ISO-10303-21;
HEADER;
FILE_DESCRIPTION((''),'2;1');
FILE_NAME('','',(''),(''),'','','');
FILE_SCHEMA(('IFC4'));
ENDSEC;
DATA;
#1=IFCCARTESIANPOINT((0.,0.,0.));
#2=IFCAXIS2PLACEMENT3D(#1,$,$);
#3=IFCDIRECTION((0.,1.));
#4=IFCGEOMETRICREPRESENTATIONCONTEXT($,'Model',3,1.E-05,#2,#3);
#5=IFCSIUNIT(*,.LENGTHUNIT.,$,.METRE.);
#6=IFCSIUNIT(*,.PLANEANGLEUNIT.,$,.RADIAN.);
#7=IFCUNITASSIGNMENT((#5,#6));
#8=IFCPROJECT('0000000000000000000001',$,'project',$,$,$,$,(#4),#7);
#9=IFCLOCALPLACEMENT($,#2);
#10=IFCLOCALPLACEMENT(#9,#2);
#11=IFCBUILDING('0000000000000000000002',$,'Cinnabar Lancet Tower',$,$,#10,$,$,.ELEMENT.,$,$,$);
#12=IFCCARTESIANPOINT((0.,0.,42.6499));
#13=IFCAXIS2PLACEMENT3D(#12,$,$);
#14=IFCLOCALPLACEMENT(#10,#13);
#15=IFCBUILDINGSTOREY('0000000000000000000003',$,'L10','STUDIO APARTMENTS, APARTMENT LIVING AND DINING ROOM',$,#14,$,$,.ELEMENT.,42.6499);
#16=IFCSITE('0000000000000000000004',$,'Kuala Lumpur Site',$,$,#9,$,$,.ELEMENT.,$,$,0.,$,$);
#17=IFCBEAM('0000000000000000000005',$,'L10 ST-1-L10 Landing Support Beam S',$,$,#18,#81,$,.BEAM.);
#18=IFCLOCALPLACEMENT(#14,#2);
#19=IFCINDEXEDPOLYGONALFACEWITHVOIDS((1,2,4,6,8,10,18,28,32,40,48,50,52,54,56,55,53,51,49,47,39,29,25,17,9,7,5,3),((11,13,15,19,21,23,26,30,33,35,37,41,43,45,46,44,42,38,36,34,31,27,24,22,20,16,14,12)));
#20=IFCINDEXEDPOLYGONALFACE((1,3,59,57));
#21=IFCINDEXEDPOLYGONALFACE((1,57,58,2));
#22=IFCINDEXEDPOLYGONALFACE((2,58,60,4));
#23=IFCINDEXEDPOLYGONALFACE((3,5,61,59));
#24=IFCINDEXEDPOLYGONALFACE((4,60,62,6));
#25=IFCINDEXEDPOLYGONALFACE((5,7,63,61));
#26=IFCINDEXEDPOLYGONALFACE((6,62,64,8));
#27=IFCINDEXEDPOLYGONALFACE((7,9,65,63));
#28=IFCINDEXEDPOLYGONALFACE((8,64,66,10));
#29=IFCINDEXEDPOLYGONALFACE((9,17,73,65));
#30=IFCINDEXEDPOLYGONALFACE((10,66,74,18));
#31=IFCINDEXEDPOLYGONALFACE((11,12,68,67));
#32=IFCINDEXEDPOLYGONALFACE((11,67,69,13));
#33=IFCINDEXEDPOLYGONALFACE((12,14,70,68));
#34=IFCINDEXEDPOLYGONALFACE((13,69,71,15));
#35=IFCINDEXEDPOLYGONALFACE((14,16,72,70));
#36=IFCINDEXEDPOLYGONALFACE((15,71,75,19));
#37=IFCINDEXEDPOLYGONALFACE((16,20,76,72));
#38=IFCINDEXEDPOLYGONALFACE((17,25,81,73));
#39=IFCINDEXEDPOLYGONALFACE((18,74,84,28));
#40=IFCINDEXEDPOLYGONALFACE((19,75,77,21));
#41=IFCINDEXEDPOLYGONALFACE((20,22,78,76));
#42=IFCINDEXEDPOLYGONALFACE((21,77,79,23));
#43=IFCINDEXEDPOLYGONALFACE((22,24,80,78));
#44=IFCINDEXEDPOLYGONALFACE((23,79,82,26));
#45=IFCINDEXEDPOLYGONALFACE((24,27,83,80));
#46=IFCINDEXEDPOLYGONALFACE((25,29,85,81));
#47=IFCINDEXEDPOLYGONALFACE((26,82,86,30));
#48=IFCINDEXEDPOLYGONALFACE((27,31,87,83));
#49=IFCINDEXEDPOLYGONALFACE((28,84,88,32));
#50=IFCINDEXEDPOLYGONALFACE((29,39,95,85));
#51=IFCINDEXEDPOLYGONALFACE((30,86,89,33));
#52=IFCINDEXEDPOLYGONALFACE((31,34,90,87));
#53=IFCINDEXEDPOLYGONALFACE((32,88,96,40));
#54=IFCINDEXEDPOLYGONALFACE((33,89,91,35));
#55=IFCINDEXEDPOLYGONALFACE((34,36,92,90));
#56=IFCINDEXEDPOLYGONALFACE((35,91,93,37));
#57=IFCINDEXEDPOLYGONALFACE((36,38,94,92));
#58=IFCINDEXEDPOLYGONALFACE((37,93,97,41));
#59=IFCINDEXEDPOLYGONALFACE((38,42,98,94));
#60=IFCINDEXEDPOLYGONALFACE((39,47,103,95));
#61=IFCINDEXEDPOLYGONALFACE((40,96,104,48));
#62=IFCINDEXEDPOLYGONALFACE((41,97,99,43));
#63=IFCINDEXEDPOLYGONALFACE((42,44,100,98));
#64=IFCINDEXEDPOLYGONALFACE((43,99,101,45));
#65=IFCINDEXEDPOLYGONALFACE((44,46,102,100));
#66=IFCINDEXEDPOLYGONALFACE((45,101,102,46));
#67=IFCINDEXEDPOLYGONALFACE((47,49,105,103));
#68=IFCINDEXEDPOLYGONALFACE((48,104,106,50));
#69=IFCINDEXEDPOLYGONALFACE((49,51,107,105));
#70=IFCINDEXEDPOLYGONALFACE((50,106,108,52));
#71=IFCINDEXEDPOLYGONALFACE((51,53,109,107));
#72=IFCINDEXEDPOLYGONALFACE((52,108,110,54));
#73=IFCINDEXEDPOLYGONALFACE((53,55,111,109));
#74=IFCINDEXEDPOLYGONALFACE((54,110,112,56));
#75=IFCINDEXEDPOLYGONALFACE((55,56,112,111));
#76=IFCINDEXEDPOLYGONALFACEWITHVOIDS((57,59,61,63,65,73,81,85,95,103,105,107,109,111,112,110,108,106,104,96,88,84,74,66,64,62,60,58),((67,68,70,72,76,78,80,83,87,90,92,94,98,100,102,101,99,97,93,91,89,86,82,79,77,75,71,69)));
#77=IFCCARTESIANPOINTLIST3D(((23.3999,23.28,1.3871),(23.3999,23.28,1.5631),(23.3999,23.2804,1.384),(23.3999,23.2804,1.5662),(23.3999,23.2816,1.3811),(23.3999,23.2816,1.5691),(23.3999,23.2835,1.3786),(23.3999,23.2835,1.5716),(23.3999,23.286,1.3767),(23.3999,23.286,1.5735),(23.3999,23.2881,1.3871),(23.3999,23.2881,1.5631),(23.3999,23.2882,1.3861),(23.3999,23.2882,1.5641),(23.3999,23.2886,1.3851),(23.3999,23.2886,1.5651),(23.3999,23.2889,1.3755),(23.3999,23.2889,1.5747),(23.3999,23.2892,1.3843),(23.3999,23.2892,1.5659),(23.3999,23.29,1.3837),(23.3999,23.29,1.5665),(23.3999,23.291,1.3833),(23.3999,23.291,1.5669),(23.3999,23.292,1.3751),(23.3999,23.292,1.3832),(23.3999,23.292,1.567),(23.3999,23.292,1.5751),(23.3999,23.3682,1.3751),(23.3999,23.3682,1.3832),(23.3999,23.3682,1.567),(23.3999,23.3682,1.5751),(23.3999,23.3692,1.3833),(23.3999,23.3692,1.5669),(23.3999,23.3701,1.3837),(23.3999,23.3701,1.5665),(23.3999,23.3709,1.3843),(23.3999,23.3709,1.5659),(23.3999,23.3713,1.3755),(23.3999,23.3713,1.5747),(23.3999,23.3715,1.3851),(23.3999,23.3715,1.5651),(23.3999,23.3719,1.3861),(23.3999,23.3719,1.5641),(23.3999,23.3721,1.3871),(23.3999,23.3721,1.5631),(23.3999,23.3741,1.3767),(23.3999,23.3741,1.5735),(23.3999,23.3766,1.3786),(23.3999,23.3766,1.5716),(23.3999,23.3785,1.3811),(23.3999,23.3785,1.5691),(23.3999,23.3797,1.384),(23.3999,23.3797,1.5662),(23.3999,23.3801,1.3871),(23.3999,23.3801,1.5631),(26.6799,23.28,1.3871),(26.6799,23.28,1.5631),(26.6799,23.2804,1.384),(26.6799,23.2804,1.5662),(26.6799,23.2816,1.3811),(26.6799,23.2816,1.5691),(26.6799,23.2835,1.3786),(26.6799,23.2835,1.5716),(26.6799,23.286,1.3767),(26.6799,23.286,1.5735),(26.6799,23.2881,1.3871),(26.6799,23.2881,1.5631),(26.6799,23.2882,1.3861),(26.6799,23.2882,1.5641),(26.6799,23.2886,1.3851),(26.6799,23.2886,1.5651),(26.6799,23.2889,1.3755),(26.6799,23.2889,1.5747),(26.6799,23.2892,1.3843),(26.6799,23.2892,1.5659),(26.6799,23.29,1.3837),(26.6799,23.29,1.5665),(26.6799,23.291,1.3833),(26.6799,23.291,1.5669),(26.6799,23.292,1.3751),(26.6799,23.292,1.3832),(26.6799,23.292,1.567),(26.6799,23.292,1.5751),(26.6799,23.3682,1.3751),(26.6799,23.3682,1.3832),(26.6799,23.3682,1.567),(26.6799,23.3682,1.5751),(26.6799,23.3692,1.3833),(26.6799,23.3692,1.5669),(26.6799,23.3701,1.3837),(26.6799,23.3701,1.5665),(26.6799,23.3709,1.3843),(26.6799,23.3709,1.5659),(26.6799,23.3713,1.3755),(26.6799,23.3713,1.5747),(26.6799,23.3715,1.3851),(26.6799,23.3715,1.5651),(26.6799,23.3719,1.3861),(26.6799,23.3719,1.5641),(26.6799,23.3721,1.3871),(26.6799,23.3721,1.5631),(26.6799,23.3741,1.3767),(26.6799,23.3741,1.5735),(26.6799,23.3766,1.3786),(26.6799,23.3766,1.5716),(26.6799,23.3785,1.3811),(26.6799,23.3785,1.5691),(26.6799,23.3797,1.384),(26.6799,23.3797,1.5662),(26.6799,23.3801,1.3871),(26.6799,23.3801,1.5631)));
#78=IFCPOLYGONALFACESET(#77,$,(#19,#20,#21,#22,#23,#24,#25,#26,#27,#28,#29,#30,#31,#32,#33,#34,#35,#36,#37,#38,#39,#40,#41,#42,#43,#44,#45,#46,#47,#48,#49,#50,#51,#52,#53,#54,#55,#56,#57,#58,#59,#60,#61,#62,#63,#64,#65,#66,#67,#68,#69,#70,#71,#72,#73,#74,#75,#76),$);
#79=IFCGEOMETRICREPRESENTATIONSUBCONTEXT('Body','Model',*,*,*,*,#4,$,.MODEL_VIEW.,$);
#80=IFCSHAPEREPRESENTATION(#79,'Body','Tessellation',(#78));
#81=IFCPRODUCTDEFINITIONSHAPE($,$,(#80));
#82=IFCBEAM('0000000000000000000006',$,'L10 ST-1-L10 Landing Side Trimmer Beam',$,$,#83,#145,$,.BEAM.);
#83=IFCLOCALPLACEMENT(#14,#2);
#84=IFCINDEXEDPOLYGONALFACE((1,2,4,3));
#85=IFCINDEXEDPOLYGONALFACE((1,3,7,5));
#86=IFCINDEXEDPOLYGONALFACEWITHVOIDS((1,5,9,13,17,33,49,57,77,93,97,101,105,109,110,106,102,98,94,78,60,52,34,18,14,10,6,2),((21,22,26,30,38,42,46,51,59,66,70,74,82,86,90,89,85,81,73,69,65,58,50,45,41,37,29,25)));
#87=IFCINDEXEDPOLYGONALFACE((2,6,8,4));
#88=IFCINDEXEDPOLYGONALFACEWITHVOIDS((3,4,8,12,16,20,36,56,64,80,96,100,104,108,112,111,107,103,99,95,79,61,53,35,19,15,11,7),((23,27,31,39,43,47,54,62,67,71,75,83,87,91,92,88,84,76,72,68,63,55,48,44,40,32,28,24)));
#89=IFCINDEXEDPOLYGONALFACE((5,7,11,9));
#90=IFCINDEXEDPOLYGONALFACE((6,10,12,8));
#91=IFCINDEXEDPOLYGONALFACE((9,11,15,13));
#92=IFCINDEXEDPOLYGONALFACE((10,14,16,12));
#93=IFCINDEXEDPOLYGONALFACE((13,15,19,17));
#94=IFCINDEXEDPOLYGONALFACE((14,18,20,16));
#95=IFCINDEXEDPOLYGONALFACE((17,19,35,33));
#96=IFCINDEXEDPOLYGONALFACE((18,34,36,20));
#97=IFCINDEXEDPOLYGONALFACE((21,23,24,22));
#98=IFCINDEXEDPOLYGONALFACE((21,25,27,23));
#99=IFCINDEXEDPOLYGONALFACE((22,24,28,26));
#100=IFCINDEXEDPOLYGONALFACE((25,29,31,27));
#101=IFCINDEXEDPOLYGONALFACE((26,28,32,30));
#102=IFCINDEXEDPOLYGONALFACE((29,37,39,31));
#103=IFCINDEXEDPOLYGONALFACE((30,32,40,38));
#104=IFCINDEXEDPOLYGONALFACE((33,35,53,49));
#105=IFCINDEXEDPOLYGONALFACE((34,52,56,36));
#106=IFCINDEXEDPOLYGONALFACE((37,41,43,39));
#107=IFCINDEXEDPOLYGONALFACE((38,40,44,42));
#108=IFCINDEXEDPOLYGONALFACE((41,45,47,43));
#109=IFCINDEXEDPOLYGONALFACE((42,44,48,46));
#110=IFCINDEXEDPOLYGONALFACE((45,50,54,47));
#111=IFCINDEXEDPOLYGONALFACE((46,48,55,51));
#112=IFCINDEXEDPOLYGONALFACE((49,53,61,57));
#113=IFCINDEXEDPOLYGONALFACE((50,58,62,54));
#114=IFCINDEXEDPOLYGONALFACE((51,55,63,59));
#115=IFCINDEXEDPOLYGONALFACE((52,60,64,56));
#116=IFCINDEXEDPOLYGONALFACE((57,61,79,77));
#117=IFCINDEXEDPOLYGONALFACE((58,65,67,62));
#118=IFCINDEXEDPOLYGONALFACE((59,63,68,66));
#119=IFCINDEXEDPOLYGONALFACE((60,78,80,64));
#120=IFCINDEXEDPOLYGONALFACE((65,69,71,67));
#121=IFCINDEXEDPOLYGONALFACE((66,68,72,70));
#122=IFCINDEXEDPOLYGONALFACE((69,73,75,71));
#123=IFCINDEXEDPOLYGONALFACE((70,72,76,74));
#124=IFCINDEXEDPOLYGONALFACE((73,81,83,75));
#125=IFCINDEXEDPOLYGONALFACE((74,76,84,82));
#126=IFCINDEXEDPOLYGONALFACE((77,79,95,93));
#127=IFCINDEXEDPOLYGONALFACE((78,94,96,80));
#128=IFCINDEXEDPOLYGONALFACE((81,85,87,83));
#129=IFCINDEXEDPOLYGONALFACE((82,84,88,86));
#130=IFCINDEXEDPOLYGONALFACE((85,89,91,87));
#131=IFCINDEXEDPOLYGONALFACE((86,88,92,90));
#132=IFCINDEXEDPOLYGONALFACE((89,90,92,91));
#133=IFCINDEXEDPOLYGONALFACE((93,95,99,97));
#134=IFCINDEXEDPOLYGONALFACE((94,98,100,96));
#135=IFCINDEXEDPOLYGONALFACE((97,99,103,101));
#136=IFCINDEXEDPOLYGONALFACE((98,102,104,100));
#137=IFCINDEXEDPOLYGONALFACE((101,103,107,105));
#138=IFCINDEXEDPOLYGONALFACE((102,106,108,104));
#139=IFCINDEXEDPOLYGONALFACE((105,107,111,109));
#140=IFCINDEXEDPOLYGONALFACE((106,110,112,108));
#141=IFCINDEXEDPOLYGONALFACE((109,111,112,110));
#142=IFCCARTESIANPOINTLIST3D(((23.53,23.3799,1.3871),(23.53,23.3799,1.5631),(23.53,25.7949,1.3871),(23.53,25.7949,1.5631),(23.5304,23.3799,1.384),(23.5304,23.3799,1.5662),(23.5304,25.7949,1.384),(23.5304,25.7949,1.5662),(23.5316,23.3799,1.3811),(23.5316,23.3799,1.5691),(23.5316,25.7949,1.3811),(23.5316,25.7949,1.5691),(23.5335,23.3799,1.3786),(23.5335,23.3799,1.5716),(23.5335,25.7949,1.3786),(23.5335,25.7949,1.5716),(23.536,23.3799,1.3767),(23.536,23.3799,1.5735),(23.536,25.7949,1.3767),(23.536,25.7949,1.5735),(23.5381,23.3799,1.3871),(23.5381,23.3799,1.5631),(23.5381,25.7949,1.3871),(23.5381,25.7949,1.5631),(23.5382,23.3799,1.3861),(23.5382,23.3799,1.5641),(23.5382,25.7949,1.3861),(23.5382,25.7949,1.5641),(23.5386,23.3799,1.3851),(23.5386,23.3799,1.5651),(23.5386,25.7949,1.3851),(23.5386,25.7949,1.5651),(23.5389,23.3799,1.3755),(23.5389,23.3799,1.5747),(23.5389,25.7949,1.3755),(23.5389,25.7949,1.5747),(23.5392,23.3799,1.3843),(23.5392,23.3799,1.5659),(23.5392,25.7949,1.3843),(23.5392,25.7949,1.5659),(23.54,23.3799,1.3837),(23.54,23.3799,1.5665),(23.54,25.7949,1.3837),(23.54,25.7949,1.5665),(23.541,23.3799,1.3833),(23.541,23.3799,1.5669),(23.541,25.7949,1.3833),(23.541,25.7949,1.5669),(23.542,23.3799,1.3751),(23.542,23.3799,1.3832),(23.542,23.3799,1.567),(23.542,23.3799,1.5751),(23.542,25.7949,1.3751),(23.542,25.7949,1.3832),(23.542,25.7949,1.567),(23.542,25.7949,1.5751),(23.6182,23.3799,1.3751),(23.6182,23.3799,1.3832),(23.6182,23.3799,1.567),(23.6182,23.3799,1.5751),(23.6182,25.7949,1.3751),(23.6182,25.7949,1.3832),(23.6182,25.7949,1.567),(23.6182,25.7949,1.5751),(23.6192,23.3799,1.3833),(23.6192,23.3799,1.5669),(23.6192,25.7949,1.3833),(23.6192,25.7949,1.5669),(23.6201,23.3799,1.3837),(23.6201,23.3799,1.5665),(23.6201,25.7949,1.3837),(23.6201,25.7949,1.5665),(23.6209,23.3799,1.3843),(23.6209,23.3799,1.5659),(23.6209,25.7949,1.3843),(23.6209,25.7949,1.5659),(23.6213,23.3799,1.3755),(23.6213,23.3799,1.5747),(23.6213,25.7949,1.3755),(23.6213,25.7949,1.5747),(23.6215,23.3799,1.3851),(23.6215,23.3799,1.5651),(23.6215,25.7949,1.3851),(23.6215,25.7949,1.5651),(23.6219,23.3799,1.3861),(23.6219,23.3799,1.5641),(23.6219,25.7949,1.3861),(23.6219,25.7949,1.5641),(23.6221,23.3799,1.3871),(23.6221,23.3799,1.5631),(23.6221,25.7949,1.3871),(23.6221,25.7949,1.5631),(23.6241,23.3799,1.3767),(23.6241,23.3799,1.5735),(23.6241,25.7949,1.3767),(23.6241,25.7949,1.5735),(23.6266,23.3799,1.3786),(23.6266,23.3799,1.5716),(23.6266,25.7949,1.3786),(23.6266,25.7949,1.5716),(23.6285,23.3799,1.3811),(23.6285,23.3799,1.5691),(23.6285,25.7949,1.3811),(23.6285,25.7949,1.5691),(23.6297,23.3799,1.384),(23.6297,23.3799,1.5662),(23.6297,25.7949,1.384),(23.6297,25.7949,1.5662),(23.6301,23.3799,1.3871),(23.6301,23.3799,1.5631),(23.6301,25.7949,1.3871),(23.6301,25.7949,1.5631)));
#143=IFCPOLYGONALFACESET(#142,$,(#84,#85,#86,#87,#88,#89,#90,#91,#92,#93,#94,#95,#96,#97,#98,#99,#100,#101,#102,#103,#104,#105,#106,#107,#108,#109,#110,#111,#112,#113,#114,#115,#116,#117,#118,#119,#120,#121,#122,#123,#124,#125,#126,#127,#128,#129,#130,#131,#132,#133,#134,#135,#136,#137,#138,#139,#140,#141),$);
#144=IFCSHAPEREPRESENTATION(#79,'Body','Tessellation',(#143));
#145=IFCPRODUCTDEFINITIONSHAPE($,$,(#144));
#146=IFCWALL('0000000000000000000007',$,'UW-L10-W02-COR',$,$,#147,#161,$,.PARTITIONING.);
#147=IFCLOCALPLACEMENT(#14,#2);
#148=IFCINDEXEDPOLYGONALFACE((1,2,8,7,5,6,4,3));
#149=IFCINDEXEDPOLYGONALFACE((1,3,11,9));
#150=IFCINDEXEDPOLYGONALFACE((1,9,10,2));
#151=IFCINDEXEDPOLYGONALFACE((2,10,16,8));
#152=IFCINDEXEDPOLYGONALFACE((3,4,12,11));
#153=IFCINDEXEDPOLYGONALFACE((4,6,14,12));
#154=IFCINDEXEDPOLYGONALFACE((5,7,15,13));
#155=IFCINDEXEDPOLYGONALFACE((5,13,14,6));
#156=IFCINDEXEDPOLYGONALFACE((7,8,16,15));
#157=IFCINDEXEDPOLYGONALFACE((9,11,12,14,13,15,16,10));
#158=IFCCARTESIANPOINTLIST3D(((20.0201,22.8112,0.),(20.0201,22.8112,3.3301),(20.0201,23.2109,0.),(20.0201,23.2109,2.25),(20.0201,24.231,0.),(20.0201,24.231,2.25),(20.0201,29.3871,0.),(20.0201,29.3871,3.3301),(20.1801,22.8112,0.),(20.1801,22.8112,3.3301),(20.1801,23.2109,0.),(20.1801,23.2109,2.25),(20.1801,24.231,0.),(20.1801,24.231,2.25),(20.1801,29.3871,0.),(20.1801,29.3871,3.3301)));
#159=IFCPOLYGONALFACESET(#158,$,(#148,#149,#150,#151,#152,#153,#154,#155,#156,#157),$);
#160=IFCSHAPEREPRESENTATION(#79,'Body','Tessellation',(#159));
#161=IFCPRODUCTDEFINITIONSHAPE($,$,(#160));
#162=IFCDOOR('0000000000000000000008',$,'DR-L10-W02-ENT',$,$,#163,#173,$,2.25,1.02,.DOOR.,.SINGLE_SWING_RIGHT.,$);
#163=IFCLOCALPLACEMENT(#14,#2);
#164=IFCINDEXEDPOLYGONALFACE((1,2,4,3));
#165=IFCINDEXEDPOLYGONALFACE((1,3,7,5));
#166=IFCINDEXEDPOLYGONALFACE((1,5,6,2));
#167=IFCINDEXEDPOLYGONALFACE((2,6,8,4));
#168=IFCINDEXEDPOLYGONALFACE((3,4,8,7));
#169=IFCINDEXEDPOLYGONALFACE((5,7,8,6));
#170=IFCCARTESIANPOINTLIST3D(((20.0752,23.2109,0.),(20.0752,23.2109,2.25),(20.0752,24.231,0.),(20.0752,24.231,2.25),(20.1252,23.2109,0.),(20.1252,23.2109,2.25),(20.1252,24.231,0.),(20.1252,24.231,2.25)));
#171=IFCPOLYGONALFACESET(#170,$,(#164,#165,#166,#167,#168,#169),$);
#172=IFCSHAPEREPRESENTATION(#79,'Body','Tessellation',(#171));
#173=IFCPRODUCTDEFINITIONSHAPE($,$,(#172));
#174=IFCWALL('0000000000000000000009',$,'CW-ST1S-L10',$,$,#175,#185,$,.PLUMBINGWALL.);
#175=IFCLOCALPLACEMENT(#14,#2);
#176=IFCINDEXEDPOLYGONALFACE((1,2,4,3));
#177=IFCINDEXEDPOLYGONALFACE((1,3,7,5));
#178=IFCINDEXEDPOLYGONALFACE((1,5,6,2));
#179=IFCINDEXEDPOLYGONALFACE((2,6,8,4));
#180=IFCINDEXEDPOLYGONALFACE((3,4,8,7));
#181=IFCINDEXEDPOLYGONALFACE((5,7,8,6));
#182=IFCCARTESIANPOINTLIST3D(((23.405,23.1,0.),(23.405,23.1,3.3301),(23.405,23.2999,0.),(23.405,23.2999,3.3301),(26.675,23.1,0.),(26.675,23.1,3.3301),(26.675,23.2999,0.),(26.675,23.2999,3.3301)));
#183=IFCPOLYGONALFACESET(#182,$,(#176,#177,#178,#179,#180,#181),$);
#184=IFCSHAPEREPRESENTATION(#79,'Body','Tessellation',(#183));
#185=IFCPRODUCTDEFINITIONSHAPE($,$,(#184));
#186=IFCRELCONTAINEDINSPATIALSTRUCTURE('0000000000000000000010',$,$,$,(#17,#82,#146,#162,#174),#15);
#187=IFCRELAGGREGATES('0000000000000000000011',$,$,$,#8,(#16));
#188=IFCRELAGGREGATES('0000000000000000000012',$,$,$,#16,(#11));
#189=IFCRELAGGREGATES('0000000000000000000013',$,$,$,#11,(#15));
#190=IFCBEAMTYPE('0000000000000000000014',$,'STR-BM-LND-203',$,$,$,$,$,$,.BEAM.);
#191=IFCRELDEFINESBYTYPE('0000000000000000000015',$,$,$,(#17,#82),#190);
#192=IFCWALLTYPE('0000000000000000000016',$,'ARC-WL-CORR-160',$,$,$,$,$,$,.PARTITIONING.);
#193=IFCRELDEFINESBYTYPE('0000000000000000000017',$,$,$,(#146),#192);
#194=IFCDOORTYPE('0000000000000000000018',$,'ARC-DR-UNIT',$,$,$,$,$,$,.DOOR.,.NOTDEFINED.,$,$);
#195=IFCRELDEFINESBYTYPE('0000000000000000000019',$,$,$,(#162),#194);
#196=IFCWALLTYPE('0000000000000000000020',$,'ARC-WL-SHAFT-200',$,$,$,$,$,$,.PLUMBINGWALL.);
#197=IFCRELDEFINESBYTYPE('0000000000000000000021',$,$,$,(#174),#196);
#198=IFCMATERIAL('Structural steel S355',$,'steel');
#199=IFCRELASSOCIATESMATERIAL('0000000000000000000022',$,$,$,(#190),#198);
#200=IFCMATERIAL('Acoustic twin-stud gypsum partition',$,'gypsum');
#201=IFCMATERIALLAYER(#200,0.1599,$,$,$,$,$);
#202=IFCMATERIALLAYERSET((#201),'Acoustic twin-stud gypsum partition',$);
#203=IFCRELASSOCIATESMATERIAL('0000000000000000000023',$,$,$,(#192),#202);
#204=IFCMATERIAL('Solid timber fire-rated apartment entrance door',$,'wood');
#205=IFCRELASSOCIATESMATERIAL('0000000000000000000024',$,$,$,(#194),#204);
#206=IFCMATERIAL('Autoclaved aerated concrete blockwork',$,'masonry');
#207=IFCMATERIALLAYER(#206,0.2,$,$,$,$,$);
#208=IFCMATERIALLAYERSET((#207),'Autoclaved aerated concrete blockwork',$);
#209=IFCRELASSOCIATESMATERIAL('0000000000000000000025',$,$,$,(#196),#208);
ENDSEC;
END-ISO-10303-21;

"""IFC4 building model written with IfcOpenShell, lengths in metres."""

from ifc_helpers import new_model, si_unit, direction, frame, frame_2d, origin, origin_2d, place, context, subcontext, project, spatial, rectangle, hollow_rectangle, extrude, material, layer, layer_set, material_profile, profile_set, type_object, element, fill, save


model = new_model("IFC4")

# Units and contexts
model_context = context("Model", 3, precision=1e-05, world=origin(), true_north=direction((0.0, 1.0)))
body_context = subcontext(model_context, "Body", "Model", "MODEL_VIEW")
ifc_project = project(units=[si_unit("LENGTHUNIT", "METRE"), si_unit("PLANEANGLEUNIT", "RADIAN")], contexts=[model_context])

# Site, building, storey
site_placement = place(None, origin())
site = spatial("IfcSite", under=ifc_project, at=site_placement, Name="Kuala Lumpur Site", CompositionType="ELEMENT", RefElevation=0.0)
building_placement = place(site_placement, origin())
building = spatial("IfcBuilding", under=site, at=building_placement, Name="Cinnabar Lancet Tower", CompositionType="ELEMENT")
storey_placement = place(building_placement, frame((0.0, 0.0, 42.6499)))
storey = spatial("IfcBuildingStorey", under=building, at=storey_placement, Name="L10", Description="STUDIO APARTMENTS, APARTMENT LIVING AND DINING ROOM", CompositionType="ELEMENT", Elevation=42.6499)

# Beams
ifc_material_1 = material(Name="Structural steel S355", Category="steel")
ifc_material_profile = material_profile(ifc_material_1, hollow_rectangle(XDim=0.1001, YDim=0.2, WallThickness=0.0081, InnerFilletRadius=0.0039, OuterFilletRadius=0.012, at=origin_2d()), Name="RHS 200x100x8")
ifc_profile_set = profile_set([ifc_material_profile], Name="Structural steel S355")
beam_type = type_object("IfcBeamType", Name="STR-BM-LND-203", PredefinedType="BEAM", material=ifc_profile_set)
beam_1_placement = place(storey_placement, frame((23.3999, 23.3301, 1.4751), z_axis=(1.0, 0.0, 0.0), x_axis=(0.0, 1.0, 0.0)))
element("IfcBeam", 1, at=beam_1_placement, inside=storey, type_object=beam_type, Name="L10 ST-1-L10 Landing Support Beam S", PredefinedType="BEAM", context=body_context, shape_type="SweptSolid", body=[
    extrude(hollow_rectangle(XDim=0.1001, YDim=0.2, WallThickness=0.0081, InnerFilletRadius=0.0039, OuterFilletRadius=0.012, at=origin_2d()), origin(), (0.0, 0.0, 1.0), 3.28),
])
beam_2_placement = place(storey_placement, frame((23.5801, 23.3799, 1.4751), z_axis=(0.0, 1.0, 0.0), x_axis=(-1.0, 0.0, 0.0)))
element("IfcBeam", 2, at=beam_2_placement, inside=storey, type_object=beam_type, Name="L10 ST-1-L10 Landing Side Trimmer Beam", PredefinedType="BEAM", context=body_context, shape_type="SweptSolid", body=[
    extrude(hollow_rectangle(XDim=0.1001, YDim=0.2, WallThickness=0.0081, InnerFilletRadius=0.0039, OuterFilletRadius=0.012, at=origin_2d()), origin(), (0.0, 0.0, 1.0), 2.415),
])

# Wall, opening, door
ifc_material_2 = material(Name="Acoustic twin-stud gypsum partition", Category="gypsum")
ifc_layer_1 = layer(ifc_material_2, 0.1599)
ifc_layer_set_1 = layer_set([ifc_layer_1], Name="Acoustic twin-stud gypsum partition")
wall_type_1 = type_object("IfcWallType", Name="ARC-WL-CORR-160", PredefinedType="PARTITIONING", material=ifc_layer_set_1)
wall_1_placement = place(storey_placement, frame((20.1001, 22.811, 0.0), z_axis=(0.0, 0.0, 1.0), x_axis=(0.0, 1.0, 0.0)))
wall_1 = element("IfcWall", 3, at=wall_1_placement, inside=storey, type_object=wall_type_1, Name="UW-L10-W02-COR", PredefinedType="PARTITIONING", context=body_context, shape_type="SweptSolid", body=[
    extrude(rectangle(XDim=6.5759, YDim=0.1599, at=frame_2d((3.2881, 0.0))), origin(), (0.0, 0.0, 1.0), 3.3301),
])
opening_1_placement = place(wall_1_placement, frame((0.3999, 0.0, 0.0)))
opening_1 = element("IfcOpeningElement", 4, at=opening_1_placement, cuts=wall_1, PredefinedType="OPENING", context=body_context, shape_type="SweptSolid", body=[
    extrude(rectangle(XDim=1.02, YDim=2.25, at=frame_2d((0.51, 1.125))), frame((0.0, 0.0898, 0.0), z_axis=(0.0, -1.0, 0.0), x_axis=(1.0, 0.0, 0.0)), (0.0, 0.0, 1.0), 0.1799),
])
ifc_material_3 = material(Name="Solid timber fire-rated apartment entrance door", Category="wood")
door_type_1 = type_object("IfcDoorType", Name="ARC-DR-UNIT", OperationType="NOTDEFINED", PredefinedType="DOOR", material=ifc_material_3)
door_1_placement = place(opening_1_placement, origin())
door_1 = element("IfcDoor", 5, at=door_1_placement, inside=storey, type_object=door_type_1, Name="DR-L10-W02-ENT", OperationType="SINGLE_SWING_RIGHT", OverallHeight=2.25, OverallWidth=1.02, PredefinedType="DOOR", context=body_context, shape_type="SweptSolid", body=[
    extrude(rectangle(XDim=1.02, YDim=2.25, at=frame_2d((0.51, 1.125))), frame((0.0, 0.0249, 0.0), z_axis=(0.0, -1.0, 0.0), x_axis=(1.0, 0.0, 0.0)), (0.0, 0.0, 1.0), 0.05),
])
fill(opening_1, door_1)

# Wall
ifc_material_4 = material(Name="Autoclaved aerated concrete blockwork", Category="masonry")
ifc_layer_2 = layer(ifc_material_4, 0.2)
ifc_layer_set_2 = layer_set([ifc_layer_2], Name="Autoclaved aerated concrete blockwork")
wall_type_2 = type_object("IfcWallType", Name="ARC-WL-SHAFT-200", PredefinedType="PLUMBINGWALL", material=ifc_layer_set_2)
wall_2_placement = place(storey_placement, frame((23.405, 23.2, 0.0), z_axis=(0.0, 0.0, 1.0), x_axis=(1.0, 0.0, 0.0)))
element("IfcWall", 6, at=wall_2_placement, inside=storey, type_object=wall_type_2, Name="CW-ST1S-L10", PredefinedType="PLUMBINGWALL", context=body_context, shape_type="SweptSolid", body=[
    extrude(rectangle(XDim=3.27, YDim=0.2, at=frame_2d((1.635, 0.0))), origin(), (0.0, 0.0, 1.0), 3.3301),
])

save(model, "model.ifc")
